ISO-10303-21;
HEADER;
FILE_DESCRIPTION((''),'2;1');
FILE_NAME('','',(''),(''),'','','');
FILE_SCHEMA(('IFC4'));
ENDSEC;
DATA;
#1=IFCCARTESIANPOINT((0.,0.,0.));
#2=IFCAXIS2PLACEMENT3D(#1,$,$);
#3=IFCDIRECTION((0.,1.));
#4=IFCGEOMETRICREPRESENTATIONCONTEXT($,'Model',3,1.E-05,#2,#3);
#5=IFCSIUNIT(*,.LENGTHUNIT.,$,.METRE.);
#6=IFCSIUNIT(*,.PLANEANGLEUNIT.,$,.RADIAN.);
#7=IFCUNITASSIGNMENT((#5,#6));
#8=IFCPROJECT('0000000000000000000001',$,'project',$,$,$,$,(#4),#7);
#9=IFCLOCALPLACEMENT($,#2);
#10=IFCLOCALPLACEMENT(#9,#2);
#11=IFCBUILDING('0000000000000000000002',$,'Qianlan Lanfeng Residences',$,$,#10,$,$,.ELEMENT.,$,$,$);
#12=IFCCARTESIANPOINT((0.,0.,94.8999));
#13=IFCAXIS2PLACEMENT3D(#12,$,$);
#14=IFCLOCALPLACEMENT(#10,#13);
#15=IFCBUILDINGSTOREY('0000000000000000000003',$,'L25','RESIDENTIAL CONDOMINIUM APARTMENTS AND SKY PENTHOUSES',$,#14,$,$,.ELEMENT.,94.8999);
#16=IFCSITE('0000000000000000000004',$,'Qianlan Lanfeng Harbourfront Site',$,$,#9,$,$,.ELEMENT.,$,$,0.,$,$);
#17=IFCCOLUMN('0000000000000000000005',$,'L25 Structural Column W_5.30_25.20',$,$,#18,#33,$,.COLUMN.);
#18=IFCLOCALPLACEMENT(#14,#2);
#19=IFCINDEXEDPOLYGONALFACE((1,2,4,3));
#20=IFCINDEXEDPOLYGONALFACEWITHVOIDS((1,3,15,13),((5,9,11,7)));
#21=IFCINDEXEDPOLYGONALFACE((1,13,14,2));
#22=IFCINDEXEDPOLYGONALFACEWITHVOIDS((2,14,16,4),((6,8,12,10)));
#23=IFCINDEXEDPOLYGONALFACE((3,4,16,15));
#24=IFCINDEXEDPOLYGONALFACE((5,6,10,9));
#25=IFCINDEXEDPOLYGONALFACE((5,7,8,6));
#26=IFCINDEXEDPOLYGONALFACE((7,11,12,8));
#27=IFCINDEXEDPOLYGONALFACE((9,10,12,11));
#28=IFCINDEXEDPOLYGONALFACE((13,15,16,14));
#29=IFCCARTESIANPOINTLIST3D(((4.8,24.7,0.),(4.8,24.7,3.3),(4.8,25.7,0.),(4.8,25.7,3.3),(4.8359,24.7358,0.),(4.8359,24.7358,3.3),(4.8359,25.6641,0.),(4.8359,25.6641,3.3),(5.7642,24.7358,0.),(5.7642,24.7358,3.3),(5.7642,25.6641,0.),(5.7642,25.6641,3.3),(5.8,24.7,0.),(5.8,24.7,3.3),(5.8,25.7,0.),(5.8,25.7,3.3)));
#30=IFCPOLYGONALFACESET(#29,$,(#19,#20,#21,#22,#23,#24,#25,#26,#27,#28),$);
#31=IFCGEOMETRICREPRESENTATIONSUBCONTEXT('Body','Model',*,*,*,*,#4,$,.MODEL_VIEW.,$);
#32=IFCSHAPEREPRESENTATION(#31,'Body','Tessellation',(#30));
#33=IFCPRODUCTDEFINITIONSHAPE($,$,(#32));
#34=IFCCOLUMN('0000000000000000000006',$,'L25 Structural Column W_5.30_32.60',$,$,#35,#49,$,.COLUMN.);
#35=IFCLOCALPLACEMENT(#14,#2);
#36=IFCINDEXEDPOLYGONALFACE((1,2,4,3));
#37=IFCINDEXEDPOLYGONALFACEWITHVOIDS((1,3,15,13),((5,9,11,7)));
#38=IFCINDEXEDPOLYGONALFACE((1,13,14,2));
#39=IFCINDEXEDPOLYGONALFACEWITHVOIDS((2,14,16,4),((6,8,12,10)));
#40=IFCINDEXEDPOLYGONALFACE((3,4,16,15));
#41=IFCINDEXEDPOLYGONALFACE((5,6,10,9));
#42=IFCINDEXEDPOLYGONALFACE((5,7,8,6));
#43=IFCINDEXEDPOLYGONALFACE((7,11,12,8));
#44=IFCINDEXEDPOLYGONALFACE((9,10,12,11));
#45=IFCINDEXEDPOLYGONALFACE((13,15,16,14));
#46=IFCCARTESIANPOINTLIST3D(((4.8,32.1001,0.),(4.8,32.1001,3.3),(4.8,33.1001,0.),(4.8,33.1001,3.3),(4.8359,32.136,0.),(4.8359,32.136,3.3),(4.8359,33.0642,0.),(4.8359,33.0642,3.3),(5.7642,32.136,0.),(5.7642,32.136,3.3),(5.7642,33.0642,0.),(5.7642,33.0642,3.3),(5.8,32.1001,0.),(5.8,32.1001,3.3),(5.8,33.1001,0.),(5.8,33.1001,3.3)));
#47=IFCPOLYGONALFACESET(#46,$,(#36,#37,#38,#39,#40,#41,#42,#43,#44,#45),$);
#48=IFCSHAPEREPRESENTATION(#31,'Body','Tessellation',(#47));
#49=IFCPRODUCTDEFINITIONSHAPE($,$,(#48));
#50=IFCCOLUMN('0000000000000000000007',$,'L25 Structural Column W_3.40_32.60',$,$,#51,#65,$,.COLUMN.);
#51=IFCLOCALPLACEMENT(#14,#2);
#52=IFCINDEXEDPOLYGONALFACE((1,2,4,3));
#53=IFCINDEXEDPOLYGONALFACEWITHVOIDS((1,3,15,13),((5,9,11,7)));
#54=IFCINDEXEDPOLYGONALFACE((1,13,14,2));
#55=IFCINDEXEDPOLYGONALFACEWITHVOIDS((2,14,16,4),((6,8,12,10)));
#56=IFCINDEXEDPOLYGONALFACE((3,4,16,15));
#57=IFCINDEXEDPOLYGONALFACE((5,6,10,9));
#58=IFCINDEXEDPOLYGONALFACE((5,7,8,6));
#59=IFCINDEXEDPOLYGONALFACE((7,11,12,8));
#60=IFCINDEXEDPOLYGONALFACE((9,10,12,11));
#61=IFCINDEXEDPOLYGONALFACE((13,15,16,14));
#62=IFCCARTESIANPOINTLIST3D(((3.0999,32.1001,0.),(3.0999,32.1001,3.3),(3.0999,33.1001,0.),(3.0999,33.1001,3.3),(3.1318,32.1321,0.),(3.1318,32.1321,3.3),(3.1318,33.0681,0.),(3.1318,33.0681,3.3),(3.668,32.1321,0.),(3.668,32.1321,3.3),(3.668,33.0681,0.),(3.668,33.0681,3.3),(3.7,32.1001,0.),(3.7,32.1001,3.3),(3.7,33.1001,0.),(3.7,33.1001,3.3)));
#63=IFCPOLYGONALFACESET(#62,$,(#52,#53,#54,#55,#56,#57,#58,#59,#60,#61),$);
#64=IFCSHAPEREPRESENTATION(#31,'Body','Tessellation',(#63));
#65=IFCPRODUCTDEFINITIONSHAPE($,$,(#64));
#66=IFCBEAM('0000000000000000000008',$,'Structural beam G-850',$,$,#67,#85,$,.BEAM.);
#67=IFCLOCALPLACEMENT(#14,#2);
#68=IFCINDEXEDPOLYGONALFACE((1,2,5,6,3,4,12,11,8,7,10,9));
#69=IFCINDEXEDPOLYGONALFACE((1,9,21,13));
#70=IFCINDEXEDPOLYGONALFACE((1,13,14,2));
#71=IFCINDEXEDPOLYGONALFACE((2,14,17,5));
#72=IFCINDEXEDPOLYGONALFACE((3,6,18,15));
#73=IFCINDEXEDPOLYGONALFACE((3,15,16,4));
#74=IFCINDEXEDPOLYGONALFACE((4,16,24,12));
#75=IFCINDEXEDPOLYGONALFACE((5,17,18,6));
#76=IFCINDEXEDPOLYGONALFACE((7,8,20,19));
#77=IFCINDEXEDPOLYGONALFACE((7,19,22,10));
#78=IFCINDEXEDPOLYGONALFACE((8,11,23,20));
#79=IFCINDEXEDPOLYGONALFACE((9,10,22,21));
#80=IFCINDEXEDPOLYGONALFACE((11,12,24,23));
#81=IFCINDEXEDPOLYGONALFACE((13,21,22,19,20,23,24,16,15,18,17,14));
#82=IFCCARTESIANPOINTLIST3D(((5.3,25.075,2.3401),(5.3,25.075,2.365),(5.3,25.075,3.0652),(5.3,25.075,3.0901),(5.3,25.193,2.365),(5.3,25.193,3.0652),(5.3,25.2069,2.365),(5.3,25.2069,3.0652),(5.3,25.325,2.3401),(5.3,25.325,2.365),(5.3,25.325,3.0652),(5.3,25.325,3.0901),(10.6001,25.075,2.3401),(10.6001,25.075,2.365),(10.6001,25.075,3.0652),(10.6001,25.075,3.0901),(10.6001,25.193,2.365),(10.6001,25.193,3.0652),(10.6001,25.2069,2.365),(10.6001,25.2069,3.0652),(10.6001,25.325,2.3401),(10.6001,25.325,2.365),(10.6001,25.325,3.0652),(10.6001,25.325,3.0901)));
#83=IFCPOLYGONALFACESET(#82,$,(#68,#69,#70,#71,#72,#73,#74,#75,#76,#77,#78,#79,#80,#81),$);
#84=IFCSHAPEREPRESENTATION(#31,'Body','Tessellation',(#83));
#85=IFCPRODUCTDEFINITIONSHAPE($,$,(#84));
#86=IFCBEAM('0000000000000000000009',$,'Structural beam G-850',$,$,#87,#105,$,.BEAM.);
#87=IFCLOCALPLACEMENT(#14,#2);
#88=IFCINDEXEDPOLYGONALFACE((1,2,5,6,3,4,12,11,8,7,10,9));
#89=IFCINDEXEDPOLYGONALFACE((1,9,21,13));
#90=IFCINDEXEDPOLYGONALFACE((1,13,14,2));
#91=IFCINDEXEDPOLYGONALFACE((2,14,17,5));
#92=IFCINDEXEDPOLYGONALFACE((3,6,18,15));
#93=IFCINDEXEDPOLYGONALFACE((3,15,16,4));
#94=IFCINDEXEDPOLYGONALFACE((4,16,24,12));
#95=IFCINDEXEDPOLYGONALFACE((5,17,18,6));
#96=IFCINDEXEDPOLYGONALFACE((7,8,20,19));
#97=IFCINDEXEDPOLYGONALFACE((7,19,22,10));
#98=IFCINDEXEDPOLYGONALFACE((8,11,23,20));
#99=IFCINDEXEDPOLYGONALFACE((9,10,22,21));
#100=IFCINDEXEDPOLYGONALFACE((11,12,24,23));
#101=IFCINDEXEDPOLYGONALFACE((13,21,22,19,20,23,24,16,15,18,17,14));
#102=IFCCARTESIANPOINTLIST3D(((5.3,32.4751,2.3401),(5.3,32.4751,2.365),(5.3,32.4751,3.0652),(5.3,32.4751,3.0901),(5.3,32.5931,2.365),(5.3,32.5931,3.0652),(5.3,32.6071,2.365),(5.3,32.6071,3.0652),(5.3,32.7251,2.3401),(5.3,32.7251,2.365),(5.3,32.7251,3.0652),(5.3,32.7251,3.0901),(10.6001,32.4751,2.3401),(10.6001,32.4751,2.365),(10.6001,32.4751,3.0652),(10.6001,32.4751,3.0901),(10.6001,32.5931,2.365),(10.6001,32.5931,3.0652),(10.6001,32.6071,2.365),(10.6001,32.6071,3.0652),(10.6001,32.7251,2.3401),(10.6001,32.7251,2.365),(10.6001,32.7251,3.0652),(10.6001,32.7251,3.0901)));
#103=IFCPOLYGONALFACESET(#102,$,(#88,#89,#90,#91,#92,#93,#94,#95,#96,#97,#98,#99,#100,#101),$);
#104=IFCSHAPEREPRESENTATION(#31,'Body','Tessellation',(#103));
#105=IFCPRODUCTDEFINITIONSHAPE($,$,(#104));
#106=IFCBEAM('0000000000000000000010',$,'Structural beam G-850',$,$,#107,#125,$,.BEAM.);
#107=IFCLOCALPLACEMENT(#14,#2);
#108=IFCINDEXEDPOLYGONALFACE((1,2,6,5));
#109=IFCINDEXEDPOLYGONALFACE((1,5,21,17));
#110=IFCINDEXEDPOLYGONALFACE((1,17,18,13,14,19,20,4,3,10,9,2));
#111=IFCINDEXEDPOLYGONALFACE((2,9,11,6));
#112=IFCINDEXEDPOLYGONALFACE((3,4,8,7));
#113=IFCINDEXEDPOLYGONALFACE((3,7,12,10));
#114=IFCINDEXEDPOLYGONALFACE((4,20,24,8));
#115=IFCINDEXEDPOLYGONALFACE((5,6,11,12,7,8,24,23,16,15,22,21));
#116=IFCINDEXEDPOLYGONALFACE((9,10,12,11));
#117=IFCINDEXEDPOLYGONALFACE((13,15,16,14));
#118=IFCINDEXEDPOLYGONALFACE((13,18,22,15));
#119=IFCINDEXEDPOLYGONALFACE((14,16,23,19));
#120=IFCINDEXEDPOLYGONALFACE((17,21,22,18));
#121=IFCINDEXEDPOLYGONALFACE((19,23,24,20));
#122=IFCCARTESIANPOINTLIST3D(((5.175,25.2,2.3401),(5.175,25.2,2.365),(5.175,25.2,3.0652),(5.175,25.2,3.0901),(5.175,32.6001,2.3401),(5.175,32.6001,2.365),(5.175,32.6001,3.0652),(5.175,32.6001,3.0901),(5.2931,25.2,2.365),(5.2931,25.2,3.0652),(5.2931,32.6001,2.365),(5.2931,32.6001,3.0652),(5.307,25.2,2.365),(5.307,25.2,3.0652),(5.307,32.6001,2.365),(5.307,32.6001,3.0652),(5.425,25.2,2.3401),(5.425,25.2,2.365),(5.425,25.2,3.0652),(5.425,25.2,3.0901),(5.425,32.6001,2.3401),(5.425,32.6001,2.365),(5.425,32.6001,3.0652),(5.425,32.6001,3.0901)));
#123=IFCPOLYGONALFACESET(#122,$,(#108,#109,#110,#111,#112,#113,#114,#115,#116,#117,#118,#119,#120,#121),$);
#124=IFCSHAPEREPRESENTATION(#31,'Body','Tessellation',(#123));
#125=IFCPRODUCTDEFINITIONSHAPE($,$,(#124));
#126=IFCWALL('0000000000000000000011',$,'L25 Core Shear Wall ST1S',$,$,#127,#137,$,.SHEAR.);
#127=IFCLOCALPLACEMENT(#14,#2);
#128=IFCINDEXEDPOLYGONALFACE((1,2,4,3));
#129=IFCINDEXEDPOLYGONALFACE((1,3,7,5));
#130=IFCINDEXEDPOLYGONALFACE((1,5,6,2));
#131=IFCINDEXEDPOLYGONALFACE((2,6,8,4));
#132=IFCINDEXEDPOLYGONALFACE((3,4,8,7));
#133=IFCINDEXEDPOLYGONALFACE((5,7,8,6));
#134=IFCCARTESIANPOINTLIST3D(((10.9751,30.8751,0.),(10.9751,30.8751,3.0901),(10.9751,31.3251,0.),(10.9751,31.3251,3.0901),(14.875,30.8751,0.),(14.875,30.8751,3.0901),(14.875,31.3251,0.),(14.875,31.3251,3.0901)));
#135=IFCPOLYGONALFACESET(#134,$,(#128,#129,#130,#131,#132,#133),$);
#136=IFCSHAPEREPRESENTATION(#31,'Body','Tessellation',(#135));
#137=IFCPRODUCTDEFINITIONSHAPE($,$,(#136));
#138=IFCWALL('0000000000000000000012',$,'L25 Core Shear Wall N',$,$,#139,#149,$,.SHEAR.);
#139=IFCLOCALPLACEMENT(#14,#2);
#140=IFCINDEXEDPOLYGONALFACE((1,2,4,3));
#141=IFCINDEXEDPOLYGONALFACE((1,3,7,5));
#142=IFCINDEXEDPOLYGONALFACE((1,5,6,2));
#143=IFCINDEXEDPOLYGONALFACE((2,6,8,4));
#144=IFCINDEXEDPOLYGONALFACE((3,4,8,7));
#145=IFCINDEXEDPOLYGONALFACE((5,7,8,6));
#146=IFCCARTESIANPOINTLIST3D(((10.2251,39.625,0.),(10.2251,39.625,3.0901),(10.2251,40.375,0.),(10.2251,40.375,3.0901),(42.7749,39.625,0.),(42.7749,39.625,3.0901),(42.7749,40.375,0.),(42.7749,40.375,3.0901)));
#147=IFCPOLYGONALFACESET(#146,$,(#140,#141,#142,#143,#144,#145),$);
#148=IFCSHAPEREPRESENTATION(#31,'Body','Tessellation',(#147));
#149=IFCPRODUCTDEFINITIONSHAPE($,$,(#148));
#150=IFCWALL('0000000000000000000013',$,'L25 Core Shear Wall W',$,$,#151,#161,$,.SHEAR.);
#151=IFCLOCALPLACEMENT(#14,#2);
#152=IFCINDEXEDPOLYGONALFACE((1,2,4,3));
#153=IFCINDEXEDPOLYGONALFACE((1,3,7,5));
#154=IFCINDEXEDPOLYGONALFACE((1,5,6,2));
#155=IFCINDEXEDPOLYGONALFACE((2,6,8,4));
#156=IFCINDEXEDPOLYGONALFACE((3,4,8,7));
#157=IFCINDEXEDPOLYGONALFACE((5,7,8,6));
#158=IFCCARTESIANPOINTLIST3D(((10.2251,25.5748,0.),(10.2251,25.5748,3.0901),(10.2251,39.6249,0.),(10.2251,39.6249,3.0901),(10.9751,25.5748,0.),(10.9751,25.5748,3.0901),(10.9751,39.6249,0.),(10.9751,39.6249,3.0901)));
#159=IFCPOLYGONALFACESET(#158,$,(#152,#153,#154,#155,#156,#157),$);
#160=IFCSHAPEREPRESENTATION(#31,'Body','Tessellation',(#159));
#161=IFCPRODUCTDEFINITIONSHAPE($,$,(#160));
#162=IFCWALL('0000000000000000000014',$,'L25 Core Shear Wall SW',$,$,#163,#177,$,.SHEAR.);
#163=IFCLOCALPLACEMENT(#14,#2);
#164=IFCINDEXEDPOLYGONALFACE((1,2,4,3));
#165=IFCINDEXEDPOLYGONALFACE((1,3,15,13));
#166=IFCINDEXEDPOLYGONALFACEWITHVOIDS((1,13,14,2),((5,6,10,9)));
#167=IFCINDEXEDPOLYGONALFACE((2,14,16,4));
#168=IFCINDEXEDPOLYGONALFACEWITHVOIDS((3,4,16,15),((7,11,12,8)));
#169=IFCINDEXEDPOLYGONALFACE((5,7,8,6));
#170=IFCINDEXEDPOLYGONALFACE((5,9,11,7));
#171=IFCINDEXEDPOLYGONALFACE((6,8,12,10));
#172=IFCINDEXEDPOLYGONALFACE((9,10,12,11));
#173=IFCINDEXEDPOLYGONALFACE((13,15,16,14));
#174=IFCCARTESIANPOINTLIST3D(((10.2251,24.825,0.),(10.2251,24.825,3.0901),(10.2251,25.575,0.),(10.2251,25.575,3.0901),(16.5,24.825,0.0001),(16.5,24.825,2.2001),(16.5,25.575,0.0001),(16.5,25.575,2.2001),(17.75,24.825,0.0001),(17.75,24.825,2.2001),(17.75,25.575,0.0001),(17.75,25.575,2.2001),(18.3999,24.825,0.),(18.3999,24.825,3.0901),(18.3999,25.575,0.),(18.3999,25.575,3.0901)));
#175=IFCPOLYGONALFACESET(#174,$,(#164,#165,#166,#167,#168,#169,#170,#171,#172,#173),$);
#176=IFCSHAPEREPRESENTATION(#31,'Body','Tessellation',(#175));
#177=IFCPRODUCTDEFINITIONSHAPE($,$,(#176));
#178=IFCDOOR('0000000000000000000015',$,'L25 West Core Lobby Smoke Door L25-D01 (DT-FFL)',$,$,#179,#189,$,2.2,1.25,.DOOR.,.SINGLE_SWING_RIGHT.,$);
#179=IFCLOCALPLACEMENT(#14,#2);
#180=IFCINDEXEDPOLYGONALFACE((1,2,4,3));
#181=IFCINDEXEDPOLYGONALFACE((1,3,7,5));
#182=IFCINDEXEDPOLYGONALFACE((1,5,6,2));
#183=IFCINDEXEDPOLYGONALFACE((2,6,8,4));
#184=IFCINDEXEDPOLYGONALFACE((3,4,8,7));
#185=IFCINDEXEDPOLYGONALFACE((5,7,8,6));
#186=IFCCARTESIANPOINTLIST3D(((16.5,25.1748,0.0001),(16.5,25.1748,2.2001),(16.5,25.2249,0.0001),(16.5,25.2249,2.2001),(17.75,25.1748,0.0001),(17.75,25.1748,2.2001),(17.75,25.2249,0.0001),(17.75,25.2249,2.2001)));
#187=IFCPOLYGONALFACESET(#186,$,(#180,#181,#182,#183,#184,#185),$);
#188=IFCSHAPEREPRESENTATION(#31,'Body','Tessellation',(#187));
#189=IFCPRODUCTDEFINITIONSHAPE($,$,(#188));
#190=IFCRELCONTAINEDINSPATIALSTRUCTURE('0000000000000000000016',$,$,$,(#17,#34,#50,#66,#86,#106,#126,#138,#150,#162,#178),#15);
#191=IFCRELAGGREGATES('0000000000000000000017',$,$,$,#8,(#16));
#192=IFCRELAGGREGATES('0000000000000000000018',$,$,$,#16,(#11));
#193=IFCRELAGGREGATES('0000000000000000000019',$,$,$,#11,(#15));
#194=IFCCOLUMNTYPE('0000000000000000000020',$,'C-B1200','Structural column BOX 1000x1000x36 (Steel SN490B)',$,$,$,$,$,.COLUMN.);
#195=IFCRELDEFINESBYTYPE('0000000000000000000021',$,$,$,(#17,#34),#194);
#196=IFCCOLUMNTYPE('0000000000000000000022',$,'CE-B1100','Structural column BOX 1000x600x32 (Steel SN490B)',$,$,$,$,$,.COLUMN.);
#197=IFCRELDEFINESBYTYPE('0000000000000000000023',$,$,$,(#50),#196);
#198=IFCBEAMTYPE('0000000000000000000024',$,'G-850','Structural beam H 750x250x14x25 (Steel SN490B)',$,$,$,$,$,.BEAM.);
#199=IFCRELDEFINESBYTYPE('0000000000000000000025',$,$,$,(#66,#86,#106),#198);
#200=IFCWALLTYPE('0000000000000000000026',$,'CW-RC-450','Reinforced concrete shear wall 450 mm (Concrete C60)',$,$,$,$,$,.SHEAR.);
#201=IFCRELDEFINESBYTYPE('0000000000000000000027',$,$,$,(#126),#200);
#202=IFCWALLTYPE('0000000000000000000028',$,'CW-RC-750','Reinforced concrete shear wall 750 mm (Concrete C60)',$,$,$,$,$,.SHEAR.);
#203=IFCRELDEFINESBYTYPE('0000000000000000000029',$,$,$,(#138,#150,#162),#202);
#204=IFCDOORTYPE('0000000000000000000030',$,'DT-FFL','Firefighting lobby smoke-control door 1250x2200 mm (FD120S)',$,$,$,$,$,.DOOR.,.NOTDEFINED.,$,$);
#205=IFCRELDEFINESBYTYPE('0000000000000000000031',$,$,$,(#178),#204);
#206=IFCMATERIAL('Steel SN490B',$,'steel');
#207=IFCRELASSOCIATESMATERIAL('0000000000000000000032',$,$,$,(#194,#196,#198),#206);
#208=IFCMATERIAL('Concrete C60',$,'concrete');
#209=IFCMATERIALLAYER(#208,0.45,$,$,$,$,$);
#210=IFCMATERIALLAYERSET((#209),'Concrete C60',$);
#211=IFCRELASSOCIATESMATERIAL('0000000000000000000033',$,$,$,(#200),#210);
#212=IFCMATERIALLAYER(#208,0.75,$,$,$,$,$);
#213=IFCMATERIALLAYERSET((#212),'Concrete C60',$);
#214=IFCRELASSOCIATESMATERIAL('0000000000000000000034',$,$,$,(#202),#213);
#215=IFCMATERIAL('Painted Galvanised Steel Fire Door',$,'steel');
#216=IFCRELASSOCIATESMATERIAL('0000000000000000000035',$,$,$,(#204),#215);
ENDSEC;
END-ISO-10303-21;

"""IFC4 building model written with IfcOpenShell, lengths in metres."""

from ifc_helpers import new_model, si_unit, direction, frame, frame_2d, origin, origin_2d, place, context, subcontext, project, spatial, rectangle, hollow_rectangle, i_section, extrude, material, layer, layer_set, material_profile, profile_set, type_object, element, fill, save


model = new_model("IFC4")

# Units and contexts
model_context = context("Model", 3, precision=1e-05, world=origin(), true_north=direction((0.0, 1.0)))
body_context = subcontext(model_context, "Body", "Model", "MODEL_VIEW")
ifc_project = project(units=[si_unit("LENGTHUNIT", "METRE"), si_unit("PLANEANGLEUNIT", "RADIAN")], contexts=[model_context])

# Site, building, storey
site_placement = place(None, origin())
site = spatial("IfcSite", under=ifc_project, at=site_placement, Name="Qianlan Lanfeng Harbourfront Site", CompositionType="ELEMENT", RefElevation=0.0)
building_placement = place(site_placement, origin())
building = spatial("IfcBuilding", under=site, at=building_placement, Name="Qianlan Lanfeng Residences", CompositionType="ELEMENT")
storey_placement = place(building_placement, frame((0.0, 0.0, 94.8999)))
storey = spatial("IfcBuildingStorey", under=building, at=storey_placement, Name="L25", Description="RESIDENTIAL CONDOMINIUM APARTMENTS AND SKY PENTHOUSES", CompositionType="ELEMENT", Elevation=94.8999)

# Columns
ifc_material_1 = material(Name="Steel SN490B", Category="steel")
ifc_material_profile_1 = material_profile(ifc_material_1, hollow_rectangle(XDim=1.0, YDim=1.0, WallThickness=0.0359, at=origin_2d()), Name="BOX 1000x1000x36")
ifc_profile_set_1 = profile_set([ifc_material_profile_1], Name="Steel SN490B")
column_type_1 = type_object("IfcColumnType", Name="C-B1200", Description="Structural column BOX 1000x1000x36 (Steel SN490B)", PredefinedType="COLUMN", material=ifc_profile_set_1)
for number, where, z_axis, x_axis, name in (
    (1, (5.3, 25.2, 0.0), (0.0, 0.0, 1.0), (1.0, 0.0, 0.0), "L25 Structural Column W_5.30_25.20"),
    (2, (5.3, 32.6001, 0.0), (0.0, 0.0, 1.0), (1.0, 0.0, 0.0), "L25 Structural Column W_5.30_32.60"),
):
    element("IfcColumn", number, at=place(storey_placement, frame(where, z_axis=z_axis, x_axis=x_axis)), inside=storey, type_object=column_type_1, Name=name, PredefinedType="COLUMN", context=body_context, shape_type="SweptSolid", body=[
        extrude(hollow_rectangle(XDim=1.0, YDim=1.0, WallThickness=0.0359, at=origin_2d()), origin(), (0.0, 0.0, 1.0), 3.3),
    ])
ifc_material_profile_2 = material_profile(ifc_material_1, hollow_rectangle(XDim=0.6001, YDim=1.0, WallThickness=0.032, at=origin_2d()), Name="BOX 1000x600x32")
ifc_profile_set_2 = profile_set([ifc_material_profile_2], Name="Steel SN490B")
column_type_2 = type_object("IfcColumnType", Name="CE-B1100", Description="Structural column BOX 1000x600x32 (Steel SN490B)", PredefinedType="COLUMN", material=ifc_profile_set_2)
column_placement = place(storey_placement, frame((3.3999, 32.6001, 0.0), z_axis=(0.0, 0.0, 1.0), x_axis=(1.0, 0.0, 0.0)))
element("IfcColumn", 3, at=column_placement, inside=storey, type_object=column_type_2, Name="L25 Structural Column W_3.40_32.60", PredefinedType="COLUMN", context=body_context, shape_type="SweptSolid", body=[
    extrude(hollow_rectangle(XDim=0.6001, YDim=1.0, WallThickness=0.032, at=origin_2d()), origin(), (0.0, 0.0, 1.0), 3.3),
])

# Beams
ifc_material_profile_3 = material_profile(ifc_material_1, i_section(OverallWidth=0.25, OverallDepth=0.75, WebThickness=0.0139, FlangeThickness=0.0249, at=origin_2d()), Name="H 750x250x14x25")
ifc_profile_set_3 = profile_set([ifc_material_profile_3], Name="Steel SN490B")
beam_type = type_object("IfcBeamType", Name="G-850", Description="Structural beam H 750x250x14x25 (Steel SN490B)", PredefinedType="BEAM", material=ifc_profile_set_3)
for number, where, z_axis, x_axis, name in (
    (4, (5.3, 25.2, 2.7151), (1.0, 0.0, 0.0), (0.0, 1.0, 0.0), "Structural beam G-850"),
    (5, (5.3, 32.6001, 2.7151), (1.0, 0.0, 0.0), (0.0, 1.0, 0.0), "Structural beam G-850"),
):
    element("IfcBeam", number, at=place(storey_placement, frame(where, z_axis=z_axis, x_axis=x_axis)), inside=storey, type_object=beam_type, Name=name, PredefinedType="BEAM", context=body_context, shape_type="SweptSolid", body=[
        extrude(i_section(OverallWidth=0.25, OverallDepth=0.75, WebThickness=0.0139, FlangeThickness=0.0249, at=origin_2d()), origin(), (0.0, 0.0, 1.0), 5.3),
    ])
beam_placement = place(storey_placement, frame((5.3, 25.2, 2.7151), z_axis=(0.0, 1.0, 0.0), x_axis=(-1.0, 0.0, 0.0)))
element("IfcBeam", 6, at=beam_placement, inside=storey, type_object=beam_type, Name="Structural beam G-850", PredefinedType="BEAM", context=body_context, shape_type="SweptSolid", body=[
    extrude(i_section(OverallWidth=0.25, OverallDepth=0.75, WebThickness=0.0139, FlangeThickness=0.0249, at=origin_2d()), origin(), (0.0, 0.0, 1.0), 7.4001),
])

# Walls
ifc_material_2 = material(Name="Concrete C60", Category="concrete")
ifc_layer_1 = layer(ifc_material_2, 0.45)
ifc_layer_set_1 = layer_set([ifc_layer_1], Name="Concrete C60")
wall_type_1 = type_object("IfcWallType", Name="CW-RC-450", Description="Reinforced concrete shear wall 450 mm (Concrete C60)", PredefinedType="SHEAR", material=ifc_layer_set_1)
wall_1_placement = place(storey_placement, frame((10.9751, 31.1001, 0.0), z_axis=(0.0, 0.0, 1.0), x_axis=(1.0, 0.0, 0.0)))
element("IfcWall", 7, at=wall_1_placement, inside=storey, type_object=wall_type_1, Name="L25 Core Shear Wall ST1S", PredefinedType="SHEAR", context=body_context, shape_type="SweptSolid", body=[
    extrude(rectangle(XDim=3.8999, YDim=0.45, at=frame_2d((1.95, 0.0))), origin(), (0.0, 0.0, 1.0), 3.0901),
])
ifc_layer_2 = layer(ifc_material_2, 0.75)
ifc_layer_set_2 = layer_set([ifc_layer_2], Name="Concrete C60")
wall_type_2 = type_object("IfcWallType", Name="CW-RC-750", Description="Reinforced concrete shear wall 750 mm (Concrete C60)", PredefinedType="SHEAR", material=ifc_layer_set_2)
wall_2_placement = place(storey_placement, frame((10.2251, 40.0, 0.0), z_axis=(0.0, 0.0, 1.0), x_axis=(1.0, 0.0, 0.0)))
element("IfcWall", 8, at=wall_2_placement, inside=storey, type_object=wall_type_2, Name="L25 Core Shear Wall N", PredefinedType="SHEAR", context=body_context, shape_type="SweptSolid", body=[
    extrude(rectangle(XDim=32.5498, YDim=0.75, at=frame_2d((16.2749, 0.0))), origin(), (0.0, 0.0, 1.0), 3.0901),
])
wall_3_placement = place(storey_placement, frame((10.6001, 25.575, 0.0), z_axis=(0.0, 0.0, 1.0), x_axis=(0.0, 1.0, 0.0)))
element("IfcWall", 9, at=wall_3_placement, inside=storey, type_object=wall_type_2, Name="L25 Core Shear Wall W", PredefinedType="SHEAR", context=body_context, shape_type="SweptSolid", body=[
    extrude(rectangle(XDim=14.05, YDim=0.75, at=frame_2d((7.0249, 0.0))), origin(), (0.0, 0.0, 1.0), 3.0901),
])

# Wall, opening, door
wall_4_placement = place(storey_placement, frame((10.2251, 25.2, 0.0), z_axis=(0.0, 0.0, 1.0), x_axis=(1.0, 0.0, 0.0)))
wall_4 = element("IfcWall", 10, at=wall_4_placement, inside=storey, type_object=wall_type_2, Name="L25 Core Shear Wall SW", PredefinedType="SHEAR", context=body_context, shape_type="SweptSolid", body=[
    extrude(rectangle(XDim=8.1748, YDim=0.75, at=frame_2d((4.0874, 0.0))), origin(), (0.0, 0.0, 1.0), 3.0901),
])
opening_1_placement = place(wall_4_placement, frame((6.2749, 0.0, 0.0)))
opening_1 = element("IfcOpeningElement", 11, at=opening_1_placement, cuts=wall_4, PredefinedType="OPENING", context=body_context, shape_type="SweptSolid", body=[
    extrude(rectangle(XDim=1.25, YDim=2.2, at=frame_2d((0.625, 1.1001))), frame((0.0, 0.385, 0.0), z_axis=(0.0, -1.0, 0.0), x_axis=(1.0, 0.0, 0.0)), (0.0, 0.0, 1.0), 0.77),
])
ifc_material_3 = material(Name="Painted Galvanised Steel Fire Door", Category="steel")
door_type_1 = type_object("IfcDoorType", Name="DT-FFL", Description="Firefighting lobby smoke-control door 1250x2200 mm (FD120S)", OperationType="NOTDEFINED", PredefinedType="DOOR", material=ifc_material_3)
door_1_placement = place(opening_1_placement, origin())
door_1 = element("IfcDoor", 12, at=door_1_placement, inside=storey, type_object=door_type_1, Name="L25 West Core Lobby Smoke Door L25-D01 (DT-FFL)", OperationType="SINGLE_SWING_RIGHT", OverallHeight=2.2, OverallWidth=1.25, PredefinedType="DOOR", context=body_context, shape_type="SweptSolid", body=[
    extrude(rectangle(XDim=1.25, YDim=2.2, at=frame_2d((0.625, 1.1001))), frame((0.0, 0.0249, 0.0), z_axis=(0.0, -1.0, 0.0), x_axis=(1.0, 0.0, 0.0)), (0.0, 0.0, 1.0), 0.05),
])
fill(opening_1, door_1)

save(model, "model.ifc")
